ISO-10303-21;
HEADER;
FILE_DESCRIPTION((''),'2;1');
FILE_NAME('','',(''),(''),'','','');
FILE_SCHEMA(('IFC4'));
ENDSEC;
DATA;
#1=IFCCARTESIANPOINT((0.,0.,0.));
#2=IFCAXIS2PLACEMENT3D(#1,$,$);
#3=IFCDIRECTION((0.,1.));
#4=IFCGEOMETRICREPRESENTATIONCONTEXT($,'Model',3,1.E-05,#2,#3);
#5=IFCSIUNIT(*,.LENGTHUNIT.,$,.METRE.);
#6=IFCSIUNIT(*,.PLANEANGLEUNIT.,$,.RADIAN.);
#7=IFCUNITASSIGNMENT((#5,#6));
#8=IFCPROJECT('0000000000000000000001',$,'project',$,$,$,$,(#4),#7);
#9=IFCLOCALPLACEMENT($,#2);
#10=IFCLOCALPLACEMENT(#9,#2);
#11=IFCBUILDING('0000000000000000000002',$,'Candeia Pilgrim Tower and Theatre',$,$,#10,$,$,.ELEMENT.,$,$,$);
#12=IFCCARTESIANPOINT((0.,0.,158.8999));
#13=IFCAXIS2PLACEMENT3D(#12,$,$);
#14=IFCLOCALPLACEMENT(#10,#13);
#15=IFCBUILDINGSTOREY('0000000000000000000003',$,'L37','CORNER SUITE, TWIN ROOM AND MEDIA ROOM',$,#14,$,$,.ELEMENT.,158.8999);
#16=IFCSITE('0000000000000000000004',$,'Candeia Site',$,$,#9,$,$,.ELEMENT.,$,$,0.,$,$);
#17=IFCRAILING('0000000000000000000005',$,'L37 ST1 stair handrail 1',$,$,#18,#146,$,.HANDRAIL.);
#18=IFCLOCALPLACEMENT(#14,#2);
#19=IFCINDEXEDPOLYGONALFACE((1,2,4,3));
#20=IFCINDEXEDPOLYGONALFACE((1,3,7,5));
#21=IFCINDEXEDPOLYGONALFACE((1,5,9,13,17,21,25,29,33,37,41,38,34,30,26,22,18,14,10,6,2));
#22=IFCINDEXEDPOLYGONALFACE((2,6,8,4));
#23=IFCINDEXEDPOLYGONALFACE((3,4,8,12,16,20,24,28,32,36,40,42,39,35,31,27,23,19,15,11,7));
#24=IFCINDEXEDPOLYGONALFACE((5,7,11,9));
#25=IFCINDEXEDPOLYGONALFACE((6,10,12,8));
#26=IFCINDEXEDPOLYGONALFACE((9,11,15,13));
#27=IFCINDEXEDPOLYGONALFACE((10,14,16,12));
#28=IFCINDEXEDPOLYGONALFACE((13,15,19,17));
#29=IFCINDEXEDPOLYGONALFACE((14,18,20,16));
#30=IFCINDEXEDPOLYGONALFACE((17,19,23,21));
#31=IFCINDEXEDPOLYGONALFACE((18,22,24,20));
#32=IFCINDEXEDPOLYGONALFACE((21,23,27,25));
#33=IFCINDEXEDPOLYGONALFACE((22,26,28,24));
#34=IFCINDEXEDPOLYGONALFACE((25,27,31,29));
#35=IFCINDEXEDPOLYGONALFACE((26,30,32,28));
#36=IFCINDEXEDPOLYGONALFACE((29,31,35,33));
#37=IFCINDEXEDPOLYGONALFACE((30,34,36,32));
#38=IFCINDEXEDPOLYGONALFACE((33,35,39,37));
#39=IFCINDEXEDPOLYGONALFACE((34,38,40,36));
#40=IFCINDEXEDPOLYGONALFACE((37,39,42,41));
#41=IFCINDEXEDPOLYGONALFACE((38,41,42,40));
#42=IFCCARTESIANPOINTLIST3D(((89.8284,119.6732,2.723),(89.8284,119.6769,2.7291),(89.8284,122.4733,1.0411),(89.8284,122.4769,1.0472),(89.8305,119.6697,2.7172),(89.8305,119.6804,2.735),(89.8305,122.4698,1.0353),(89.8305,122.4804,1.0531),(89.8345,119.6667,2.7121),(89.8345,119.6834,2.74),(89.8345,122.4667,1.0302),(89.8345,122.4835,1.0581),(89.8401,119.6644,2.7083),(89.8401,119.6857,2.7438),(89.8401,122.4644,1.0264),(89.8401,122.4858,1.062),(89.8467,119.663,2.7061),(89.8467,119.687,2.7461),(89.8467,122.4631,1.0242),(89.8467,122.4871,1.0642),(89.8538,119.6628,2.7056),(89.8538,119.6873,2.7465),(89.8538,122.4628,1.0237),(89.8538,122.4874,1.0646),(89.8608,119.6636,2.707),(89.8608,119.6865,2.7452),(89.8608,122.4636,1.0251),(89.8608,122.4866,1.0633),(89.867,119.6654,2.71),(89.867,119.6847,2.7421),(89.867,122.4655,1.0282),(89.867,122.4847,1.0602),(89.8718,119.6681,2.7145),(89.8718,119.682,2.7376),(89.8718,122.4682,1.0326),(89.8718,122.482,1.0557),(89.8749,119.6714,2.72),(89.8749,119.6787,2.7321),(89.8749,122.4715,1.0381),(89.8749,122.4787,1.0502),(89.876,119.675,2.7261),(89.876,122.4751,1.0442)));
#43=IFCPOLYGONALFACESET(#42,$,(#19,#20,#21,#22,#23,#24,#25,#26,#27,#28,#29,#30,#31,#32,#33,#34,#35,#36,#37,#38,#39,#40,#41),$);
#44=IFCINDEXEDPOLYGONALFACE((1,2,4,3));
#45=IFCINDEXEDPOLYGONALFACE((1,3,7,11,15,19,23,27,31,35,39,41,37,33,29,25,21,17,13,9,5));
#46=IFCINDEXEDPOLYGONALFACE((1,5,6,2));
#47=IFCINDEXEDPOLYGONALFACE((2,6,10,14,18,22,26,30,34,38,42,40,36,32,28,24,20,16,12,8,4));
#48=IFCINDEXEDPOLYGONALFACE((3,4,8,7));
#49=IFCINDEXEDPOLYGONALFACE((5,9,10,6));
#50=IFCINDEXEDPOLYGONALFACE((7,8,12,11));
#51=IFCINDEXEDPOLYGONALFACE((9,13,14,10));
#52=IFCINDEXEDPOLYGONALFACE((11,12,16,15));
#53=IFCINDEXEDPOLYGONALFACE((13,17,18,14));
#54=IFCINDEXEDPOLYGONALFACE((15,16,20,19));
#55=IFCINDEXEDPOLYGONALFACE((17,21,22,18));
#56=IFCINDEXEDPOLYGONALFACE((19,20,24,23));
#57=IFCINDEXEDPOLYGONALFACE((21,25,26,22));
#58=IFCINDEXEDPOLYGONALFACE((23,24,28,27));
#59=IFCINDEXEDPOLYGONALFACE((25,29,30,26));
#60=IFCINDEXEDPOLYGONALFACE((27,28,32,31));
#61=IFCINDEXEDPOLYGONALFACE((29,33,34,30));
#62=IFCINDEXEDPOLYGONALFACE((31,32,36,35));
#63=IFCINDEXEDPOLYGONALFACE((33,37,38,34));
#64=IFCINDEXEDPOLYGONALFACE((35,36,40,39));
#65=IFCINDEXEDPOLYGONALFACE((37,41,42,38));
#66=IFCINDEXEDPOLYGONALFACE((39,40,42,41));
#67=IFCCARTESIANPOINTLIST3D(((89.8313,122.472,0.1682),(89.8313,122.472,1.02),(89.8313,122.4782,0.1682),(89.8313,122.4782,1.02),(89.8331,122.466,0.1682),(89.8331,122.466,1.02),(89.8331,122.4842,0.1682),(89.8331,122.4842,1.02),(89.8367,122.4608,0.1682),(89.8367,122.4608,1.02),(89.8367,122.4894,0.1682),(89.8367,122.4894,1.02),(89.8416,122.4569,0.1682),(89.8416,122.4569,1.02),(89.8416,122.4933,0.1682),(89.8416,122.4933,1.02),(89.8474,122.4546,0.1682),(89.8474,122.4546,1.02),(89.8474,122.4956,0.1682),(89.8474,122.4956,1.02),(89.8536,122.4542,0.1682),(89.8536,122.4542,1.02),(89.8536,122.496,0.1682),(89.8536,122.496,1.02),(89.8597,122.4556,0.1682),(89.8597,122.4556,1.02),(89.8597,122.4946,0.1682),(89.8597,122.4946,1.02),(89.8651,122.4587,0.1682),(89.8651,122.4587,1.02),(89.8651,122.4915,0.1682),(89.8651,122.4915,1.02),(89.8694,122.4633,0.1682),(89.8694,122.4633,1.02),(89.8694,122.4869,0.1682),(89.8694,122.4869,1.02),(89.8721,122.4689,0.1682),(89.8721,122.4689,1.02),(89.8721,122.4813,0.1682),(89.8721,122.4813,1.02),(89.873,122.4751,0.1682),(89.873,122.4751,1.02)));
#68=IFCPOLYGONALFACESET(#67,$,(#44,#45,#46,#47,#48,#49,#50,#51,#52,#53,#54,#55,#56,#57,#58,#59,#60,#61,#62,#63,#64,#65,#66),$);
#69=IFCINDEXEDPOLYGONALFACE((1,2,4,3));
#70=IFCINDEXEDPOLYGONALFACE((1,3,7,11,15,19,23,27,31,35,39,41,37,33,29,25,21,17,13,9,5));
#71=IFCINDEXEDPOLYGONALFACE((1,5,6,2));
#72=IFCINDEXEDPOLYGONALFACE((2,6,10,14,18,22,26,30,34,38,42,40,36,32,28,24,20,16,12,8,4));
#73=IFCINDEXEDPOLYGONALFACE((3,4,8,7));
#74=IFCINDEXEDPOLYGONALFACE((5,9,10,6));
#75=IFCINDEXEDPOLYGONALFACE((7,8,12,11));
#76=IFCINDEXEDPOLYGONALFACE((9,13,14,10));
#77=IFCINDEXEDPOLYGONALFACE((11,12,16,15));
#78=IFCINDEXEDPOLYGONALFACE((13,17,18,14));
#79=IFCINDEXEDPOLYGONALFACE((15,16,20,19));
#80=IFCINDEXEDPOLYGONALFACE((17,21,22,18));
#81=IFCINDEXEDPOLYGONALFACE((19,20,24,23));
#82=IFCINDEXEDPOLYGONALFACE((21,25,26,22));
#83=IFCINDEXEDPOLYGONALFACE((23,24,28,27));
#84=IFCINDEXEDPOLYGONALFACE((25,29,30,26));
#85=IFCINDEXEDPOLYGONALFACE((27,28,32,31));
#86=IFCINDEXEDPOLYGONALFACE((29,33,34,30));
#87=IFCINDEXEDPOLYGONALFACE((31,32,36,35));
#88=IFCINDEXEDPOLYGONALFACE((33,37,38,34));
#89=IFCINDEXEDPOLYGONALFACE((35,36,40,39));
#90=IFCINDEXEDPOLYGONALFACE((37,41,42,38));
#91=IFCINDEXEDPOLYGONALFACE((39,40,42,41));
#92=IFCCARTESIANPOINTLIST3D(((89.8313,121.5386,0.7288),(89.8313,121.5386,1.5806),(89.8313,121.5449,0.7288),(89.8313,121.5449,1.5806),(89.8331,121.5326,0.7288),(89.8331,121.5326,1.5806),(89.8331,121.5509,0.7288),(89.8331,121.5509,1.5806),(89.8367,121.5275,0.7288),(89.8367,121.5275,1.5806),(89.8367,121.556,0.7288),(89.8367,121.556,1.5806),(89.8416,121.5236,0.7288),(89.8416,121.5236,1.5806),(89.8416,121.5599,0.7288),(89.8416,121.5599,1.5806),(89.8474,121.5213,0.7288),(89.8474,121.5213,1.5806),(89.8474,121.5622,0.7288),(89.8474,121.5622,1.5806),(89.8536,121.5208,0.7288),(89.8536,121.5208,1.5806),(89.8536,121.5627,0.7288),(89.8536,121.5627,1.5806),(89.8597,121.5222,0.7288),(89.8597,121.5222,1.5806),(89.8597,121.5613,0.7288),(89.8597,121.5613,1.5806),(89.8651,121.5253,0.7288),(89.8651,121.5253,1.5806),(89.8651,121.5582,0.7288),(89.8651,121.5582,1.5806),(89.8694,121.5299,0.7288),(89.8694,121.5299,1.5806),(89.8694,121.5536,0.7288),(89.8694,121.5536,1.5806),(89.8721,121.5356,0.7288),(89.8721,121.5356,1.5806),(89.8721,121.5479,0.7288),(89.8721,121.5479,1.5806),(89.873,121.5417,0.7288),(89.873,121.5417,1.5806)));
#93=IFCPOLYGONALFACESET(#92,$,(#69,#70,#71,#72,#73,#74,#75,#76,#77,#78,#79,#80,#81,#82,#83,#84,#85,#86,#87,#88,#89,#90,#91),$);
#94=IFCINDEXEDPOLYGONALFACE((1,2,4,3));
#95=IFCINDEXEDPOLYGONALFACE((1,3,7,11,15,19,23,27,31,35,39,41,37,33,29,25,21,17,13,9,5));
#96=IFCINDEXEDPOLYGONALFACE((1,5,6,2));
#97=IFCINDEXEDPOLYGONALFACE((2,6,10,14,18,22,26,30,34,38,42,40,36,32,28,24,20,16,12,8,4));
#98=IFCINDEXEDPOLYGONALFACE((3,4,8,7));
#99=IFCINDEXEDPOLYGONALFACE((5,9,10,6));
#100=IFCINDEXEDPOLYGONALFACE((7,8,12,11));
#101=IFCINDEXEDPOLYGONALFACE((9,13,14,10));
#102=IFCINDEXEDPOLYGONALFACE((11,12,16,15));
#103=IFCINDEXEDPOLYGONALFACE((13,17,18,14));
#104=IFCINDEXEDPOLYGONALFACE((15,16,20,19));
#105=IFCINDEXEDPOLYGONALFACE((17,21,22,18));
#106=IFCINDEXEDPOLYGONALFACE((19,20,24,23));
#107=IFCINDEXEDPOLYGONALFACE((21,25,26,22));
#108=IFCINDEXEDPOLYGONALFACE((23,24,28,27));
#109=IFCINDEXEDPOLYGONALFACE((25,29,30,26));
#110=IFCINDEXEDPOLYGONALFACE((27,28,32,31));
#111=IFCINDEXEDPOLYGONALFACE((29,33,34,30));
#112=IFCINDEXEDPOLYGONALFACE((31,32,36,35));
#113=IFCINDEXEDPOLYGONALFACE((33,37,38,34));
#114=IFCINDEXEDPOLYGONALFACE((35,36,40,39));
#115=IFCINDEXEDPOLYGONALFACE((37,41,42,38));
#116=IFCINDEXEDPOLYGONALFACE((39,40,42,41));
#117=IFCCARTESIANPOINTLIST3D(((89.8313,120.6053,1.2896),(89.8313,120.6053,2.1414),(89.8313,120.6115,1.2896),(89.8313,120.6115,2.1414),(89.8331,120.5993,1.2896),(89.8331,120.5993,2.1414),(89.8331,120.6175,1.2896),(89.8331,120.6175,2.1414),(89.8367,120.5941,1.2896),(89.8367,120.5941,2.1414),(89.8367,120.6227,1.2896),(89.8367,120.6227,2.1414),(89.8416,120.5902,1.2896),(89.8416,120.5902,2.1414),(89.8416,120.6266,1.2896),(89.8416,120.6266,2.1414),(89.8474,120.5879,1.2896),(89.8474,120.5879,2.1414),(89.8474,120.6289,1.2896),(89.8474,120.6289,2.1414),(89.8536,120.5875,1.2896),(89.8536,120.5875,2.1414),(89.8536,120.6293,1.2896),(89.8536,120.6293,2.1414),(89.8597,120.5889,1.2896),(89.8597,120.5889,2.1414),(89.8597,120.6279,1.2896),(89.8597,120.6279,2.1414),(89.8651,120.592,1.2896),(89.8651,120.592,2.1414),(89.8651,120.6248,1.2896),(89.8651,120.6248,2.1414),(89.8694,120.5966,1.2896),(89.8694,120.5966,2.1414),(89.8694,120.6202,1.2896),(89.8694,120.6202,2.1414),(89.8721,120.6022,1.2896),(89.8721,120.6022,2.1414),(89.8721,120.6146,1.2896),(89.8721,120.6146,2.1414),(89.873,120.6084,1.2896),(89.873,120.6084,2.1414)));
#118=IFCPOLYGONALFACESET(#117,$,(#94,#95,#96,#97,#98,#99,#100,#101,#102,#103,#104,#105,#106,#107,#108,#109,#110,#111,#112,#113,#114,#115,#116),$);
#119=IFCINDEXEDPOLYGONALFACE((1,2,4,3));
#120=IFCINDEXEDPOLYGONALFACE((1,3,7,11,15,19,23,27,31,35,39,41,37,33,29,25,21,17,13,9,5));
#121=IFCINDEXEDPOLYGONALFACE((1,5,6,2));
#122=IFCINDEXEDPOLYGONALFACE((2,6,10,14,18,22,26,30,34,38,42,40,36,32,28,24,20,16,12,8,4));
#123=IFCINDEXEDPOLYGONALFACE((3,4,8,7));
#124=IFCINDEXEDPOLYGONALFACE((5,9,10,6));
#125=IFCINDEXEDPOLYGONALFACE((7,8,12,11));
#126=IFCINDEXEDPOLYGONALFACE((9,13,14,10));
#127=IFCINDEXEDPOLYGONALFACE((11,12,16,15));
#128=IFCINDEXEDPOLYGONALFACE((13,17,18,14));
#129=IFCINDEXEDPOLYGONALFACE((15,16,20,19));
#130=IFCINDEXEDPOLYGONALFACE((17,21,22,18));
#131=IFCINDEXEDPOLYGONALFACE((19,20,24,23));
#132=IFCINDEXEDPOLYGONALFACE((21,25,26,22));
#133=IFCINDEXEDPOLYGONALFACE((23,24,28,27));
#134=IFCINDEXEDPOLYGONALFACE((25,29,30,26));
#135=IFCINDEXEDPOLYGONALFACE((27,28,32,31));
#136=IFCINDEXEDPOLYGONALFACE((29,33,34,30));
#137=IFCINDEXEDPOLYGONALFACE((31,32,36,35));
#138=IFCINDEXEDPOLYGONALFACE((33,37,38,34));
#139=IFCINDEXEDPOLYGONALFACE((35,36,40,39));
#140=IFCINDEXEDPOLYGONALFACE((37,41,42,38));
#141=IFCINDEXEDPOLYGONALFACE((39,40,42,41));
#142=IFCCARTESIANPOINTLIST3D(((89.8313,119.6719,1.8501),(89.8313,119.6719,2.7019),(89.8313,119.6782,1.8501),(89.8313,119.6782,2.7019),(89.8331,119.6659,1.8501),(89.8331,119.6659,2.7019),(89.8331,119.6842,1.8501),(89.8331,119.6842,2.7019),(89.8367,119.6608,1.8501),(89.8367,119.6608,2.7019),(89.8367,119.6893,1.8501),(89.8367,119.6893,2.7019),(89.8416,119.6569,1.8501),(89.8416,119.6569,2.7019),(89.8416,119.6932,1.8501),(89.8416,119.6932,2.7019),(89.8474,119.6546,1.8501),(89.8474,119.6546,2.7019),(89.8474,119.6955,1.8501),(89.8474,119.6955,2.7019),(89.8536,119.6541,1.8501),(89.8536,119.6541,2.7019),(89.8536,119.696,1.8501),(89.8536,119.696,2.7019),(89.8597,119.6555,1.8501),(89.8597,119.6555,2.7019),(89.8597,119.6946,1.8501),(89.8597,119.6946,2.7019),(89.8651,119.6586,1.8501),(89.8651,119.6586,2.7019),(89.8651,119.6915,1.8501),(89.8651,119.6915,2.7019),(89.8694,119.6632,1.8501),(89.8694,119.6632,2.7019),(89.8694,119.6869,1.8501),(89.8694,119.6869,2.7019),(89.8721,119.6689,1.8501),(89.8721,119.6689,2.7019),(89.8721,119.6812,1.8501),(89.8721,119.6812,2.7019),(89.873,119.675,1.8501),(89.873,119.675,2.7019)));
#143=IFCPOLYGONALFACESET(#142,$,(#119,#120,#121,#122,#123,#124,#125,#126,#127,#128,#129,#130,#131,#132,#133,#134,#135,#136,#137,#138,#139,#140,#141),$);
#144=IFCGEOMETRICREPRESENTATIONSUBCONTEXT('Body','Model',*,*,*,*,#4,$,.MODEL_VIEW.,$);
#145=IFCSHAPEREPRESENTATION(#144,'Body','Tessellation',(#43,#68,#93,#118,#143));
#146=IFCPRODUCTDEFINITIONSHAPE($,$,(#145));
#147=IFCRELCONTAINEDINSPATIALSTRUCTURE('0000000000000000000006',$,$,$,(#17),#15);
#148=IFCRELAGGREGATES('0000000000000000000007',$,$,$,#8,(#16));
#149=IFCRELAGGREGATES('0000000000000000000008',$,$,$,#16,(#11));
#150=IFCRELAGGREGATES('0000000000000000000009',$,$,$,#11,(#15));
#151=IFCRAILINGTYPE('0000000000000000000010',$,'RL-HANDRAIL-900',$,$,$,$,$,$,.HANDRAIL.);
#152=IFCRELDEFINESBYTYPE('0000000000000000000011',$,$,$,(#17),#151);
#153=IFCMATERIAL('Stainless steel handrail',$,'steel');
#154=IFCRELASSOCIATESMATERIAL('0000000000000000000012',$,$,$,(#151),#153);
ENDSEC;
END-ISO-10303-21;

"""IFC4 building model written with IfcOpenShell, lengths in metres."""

from ifc_helpers import new_model, si_unit, direction, frame, origin, origin_2d, place, context, subcontext, project, spatial, circle, extrude, material, type_object, element, save


model = new_model("IFC4")

# Units and contexts
model_context = context("Model", 3, precision=1e-05, world=origin(), true_north=direction((0.0, 1.0)))
body_context = subcontext(model_context, "Body", "Model", "MODEL_VIEW")
ifc_project = project(units=[si_unit("LENGTHUNIT", "METRE"), si_unit("PLANEANGLEUNIT", "RADIAN")], contexts=[model_context])

# Site, building, storey
site_placement = place(None, origin())
site = spatial("IfcSite", under=ifc_project, at=site_placement, Name="Candeia Site", CompositionType="ELEMENT", RefElevation=0.0)
building_placement = place(site_placement, origin())
building = spatial("IfcBuilding", under=site, at=building_placement, Name="Candeia Pilgrim Tower and Theatre", CompositionType="ELEMENT")
storey_placement = place(building_placement, frame((0.0, 0.0, 158.8999)))
storey = spatial("IfcBuildingStorey", under=building, at=storey_placement, Name="L37", Description="CORNER SUITE, TWIN ROOM AND MEDIA ROOM", CompositionType="ELEMENT", Elevation=158.8999)

# Railing
ifc_material_1 = material(Name="Stainless steel handrail", Category="steel")
railing_type_1 = type_object("IfcRailingType", Name="RL-HANDRAIL-900", PredefinedType="HANDRAIL", material=ifc_material_1)
for number, where, name in (
    (1, (89.8521, 122.4751, 0.1682), "L37 ST1 stair handrail 1"),
):
    element("IfcRailing", number, at=place(storey_placement, frame(where)), inside=storey, type_object=railing_type_1, Name=name, PredefinedType="HANDRAIL", context=body_context, shape_type="SweptSolid", body=[
        extrude(circle(Radius=0.0239, at=origin_2d()), frame((0.0, 0.0, 0.876), z_axis=(0.0, -0.857242, 0.514913), x_axis=(1.0, 0.0, 0.0)), (0.0, 0.0, 1.0), 3.2664),
        extrude(circle(Radius=0.021, at=origin_2d()), origin(), (0.0, 0.0, 1.0), 0.8518),
        extrude(circle(Radius=0.021, at=origin_2d()), frame((0.0, -0.9333, 0.5605)), (0.0, 0.0, 1.0), 0.8518),
        extrude(circle(Radius=0.021, at=origin_2d()), frame((0.0, -1.8667, 1.1213)), (0.0, 0.0, 1.0), 0.8518),
        extrude(circle(Radius=0.021, at=origin_2d()), frame((0.0, -2.8, 1.6819)), (0.0, 0.0, 1.0), 0.8518),
    ])

save(model, "model.ifc")
